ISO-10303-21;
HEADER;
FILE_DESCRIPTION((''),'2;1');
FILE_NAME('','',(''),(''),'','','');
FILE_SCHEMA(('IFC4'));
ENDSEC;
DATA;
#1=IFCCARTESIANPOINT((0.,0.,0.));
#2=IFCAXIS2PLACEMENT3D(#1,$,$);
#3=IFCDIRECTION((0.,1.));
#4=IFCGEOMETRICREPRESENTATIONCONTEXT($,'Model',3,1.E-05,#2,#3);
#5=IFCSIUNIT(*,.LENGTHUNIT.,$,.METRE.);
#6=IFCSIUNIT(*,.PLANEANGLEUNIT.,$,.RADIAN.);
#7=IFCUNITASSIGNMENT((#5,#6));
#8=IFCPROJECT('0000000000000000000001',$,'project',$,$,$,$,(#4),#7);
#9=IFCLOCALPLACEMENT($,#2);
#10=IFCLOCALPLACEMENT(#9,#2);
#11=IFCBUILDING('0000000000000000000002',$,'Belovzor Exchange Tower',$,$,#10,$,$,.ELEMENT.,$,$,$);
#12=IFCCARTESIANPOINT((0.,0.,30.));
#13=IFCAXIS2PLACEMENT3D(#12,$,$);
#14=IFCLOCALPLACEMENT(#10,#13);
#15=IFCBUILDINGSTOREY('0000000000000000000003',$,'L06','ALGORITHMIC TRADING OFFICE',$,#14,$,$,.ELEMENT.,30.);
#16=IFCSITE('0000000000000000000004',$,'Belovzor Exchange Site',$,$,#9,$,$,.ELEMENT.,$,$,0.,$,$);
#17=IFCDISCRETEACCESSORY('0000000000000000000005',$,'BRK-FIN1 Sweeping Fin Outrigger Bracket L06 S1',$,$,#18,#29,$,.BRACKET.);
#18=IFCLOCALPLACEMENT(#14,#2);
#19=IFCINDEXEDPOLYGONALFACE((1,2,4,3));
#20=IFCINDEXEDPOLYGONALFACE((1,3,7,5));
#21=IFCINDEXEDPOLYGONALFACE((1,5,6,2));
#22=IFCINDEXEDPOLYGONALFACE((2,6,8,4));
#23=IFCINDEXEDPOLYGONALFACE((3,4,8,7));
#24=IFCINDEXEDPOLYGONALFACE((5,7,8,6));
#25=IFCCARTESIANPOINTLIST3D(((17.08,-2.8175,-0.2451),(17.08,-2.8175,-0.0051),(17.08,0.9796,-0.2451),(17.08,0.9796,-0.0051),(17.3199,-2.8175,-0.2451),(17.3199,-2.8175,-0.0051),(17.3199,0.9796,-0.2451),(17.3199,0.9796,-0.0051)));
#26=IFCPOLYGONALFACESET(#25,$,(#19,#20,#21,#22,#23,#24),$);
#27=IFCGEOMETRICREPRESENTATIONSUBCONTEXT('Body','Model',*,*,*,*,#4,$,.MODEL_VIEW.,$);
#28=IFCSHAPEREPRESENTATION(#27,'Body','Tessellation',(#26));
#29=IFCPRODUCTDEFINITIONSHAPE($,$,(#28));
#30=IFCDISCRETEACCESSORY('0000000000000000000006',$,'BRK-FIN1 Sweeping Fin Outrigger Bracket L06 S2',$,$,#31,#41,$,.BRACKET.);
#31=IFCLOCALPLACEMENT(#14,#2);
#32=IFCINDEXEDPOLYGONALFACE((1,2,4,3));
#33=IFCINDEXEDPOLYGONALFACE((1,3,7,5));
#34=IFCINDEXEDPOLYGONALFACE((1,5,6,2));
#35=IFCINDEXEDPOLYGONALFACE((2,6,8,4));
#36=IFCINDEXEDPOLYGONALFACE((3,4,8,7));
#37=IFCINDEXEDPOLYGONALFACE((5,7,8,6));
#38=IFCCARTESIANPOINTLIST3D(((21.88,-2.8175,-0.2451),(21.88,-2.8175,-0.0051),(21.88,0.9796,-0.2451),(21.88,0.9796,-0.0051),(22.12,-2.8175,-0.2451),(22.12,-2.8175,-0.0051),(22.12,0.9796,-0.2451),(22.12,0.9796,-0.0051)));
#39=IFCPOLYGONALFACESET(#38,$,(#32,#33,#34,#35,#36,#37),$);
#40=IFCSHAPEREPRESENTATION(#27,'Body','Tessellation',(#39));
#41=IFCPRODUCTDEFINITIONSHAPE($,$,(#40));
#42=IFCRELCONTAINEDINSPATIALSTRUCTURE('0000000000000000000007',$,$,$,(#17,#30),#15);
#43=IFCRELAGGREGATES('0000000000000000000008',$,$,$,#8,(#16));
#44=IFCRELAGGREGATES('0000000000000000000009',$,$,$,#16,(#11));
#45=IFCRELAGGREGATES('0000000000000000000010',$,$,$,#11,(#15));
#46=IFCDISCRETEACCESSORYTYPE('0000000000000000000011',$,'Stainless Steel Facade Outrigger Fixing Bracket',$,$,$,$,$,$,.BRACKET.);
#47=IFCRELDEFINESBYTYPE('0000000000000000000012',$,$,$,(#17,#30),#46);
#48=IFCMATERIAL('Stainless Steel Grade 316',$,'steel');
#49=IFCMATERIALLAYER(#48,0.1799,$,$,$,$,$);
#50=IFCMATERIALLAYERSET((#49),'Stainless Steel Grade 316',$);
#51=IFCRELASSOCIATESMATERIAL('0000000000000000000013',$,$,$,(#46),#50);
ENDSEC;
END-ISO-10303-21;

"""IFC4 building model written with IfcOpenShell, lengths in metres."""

from ifc_helpers import new_model, si_unit, direction, frame, origin, origin_2d, place, context, subcontext, project, spatial, rectangle, extrude, material, layer, layer_set, type_object, element, save


model = new_model("IFC4")

# Units and contexts
model_context = context("Model", 3, precision=1e-05, world=origin(), true_north=direction((0.0, 1.0)))
body_context = subcontext(model_context, "Body", "Model", "MODEL_VIEW")
ifc_project = project(units=[si_unit("LENGTHUNIT", "METRE"), si_unit("PLANEANGLEUNIT", "RADIAN")], contexts=[model_context])

# Site, building, storey
site_placement = place(None, origin())
site = spatial("IfcSite", under=ifc_project, at=site_placement, Name="Belovzor Exchange Site", CompositionType="ELEMENT", RefElevation=0.0)
building_placement = place(site_placement, origin())
building = spatial("IfcBuilding", under=site, at=building_placement, Name="Belovzor Exchange Tower", CompositionType="ELEMENT")
storey_placement = place(building_placement, frame((0.0, 0.0, 30.0)))
storey = spatial("IfcBuildingStorey", under=building, at=storey_placement, Name="L06", Description="ALGORITHMIC TRADING OFFICE", CompositionType="ELEMENT", Elevation=30.0)

# Discrete accessories
ifc_material_1 = material(Name="Stainless Steel Grade 316", Category="steel")
ifc_layer_1 = layer(ifc_material_1, 0.1799)
ifc_layer_set_1 = layer_set([ifc_layer_1], Name="Stainless Steel Grade 316")
discrete_accessory_type = type_object("IfcDiscreteAccessoryType", Name="Stainless Steel Facade Outrigger Fixing Bracket", PredefinedType="BRACKET", material=ifc_layer_set_1)
for number, where, z_axis, x_axis, name in (
    (1, (17.2, -0.9189, -0.2451), (0.0, 0.0, 1.0), (0.0, 1.0, 0.0), "BRK-FIN1 Sweeping Fin Outrigger Bracket L06 S1"),
    (2, (22.0, -0.9189, -0.2451), (0.0, 0.0, 1.0), (0.0, 1.0, 0.0), "BRK-FIN1 Sweeping Fin Outrigger Bracket L06 S2"),
):
    element("IfcDiscreteAccessory", number, at=place(storey_placement, frame(where, z_axis=z_axis, x_axis=x_axis)), inside=storey, type_object=discrete_accessory_type, Name=name, PredefinedType="BRACKET", context=body_context, shape_type="SweptSolid", body=[
        extrude(rectangle(XDim=3.7971, YDim=0.24, at=origin_2d()), origin(), (0.0, 0.0, 1.0), 0.24),
    ])

save(model, "model.ifc")
